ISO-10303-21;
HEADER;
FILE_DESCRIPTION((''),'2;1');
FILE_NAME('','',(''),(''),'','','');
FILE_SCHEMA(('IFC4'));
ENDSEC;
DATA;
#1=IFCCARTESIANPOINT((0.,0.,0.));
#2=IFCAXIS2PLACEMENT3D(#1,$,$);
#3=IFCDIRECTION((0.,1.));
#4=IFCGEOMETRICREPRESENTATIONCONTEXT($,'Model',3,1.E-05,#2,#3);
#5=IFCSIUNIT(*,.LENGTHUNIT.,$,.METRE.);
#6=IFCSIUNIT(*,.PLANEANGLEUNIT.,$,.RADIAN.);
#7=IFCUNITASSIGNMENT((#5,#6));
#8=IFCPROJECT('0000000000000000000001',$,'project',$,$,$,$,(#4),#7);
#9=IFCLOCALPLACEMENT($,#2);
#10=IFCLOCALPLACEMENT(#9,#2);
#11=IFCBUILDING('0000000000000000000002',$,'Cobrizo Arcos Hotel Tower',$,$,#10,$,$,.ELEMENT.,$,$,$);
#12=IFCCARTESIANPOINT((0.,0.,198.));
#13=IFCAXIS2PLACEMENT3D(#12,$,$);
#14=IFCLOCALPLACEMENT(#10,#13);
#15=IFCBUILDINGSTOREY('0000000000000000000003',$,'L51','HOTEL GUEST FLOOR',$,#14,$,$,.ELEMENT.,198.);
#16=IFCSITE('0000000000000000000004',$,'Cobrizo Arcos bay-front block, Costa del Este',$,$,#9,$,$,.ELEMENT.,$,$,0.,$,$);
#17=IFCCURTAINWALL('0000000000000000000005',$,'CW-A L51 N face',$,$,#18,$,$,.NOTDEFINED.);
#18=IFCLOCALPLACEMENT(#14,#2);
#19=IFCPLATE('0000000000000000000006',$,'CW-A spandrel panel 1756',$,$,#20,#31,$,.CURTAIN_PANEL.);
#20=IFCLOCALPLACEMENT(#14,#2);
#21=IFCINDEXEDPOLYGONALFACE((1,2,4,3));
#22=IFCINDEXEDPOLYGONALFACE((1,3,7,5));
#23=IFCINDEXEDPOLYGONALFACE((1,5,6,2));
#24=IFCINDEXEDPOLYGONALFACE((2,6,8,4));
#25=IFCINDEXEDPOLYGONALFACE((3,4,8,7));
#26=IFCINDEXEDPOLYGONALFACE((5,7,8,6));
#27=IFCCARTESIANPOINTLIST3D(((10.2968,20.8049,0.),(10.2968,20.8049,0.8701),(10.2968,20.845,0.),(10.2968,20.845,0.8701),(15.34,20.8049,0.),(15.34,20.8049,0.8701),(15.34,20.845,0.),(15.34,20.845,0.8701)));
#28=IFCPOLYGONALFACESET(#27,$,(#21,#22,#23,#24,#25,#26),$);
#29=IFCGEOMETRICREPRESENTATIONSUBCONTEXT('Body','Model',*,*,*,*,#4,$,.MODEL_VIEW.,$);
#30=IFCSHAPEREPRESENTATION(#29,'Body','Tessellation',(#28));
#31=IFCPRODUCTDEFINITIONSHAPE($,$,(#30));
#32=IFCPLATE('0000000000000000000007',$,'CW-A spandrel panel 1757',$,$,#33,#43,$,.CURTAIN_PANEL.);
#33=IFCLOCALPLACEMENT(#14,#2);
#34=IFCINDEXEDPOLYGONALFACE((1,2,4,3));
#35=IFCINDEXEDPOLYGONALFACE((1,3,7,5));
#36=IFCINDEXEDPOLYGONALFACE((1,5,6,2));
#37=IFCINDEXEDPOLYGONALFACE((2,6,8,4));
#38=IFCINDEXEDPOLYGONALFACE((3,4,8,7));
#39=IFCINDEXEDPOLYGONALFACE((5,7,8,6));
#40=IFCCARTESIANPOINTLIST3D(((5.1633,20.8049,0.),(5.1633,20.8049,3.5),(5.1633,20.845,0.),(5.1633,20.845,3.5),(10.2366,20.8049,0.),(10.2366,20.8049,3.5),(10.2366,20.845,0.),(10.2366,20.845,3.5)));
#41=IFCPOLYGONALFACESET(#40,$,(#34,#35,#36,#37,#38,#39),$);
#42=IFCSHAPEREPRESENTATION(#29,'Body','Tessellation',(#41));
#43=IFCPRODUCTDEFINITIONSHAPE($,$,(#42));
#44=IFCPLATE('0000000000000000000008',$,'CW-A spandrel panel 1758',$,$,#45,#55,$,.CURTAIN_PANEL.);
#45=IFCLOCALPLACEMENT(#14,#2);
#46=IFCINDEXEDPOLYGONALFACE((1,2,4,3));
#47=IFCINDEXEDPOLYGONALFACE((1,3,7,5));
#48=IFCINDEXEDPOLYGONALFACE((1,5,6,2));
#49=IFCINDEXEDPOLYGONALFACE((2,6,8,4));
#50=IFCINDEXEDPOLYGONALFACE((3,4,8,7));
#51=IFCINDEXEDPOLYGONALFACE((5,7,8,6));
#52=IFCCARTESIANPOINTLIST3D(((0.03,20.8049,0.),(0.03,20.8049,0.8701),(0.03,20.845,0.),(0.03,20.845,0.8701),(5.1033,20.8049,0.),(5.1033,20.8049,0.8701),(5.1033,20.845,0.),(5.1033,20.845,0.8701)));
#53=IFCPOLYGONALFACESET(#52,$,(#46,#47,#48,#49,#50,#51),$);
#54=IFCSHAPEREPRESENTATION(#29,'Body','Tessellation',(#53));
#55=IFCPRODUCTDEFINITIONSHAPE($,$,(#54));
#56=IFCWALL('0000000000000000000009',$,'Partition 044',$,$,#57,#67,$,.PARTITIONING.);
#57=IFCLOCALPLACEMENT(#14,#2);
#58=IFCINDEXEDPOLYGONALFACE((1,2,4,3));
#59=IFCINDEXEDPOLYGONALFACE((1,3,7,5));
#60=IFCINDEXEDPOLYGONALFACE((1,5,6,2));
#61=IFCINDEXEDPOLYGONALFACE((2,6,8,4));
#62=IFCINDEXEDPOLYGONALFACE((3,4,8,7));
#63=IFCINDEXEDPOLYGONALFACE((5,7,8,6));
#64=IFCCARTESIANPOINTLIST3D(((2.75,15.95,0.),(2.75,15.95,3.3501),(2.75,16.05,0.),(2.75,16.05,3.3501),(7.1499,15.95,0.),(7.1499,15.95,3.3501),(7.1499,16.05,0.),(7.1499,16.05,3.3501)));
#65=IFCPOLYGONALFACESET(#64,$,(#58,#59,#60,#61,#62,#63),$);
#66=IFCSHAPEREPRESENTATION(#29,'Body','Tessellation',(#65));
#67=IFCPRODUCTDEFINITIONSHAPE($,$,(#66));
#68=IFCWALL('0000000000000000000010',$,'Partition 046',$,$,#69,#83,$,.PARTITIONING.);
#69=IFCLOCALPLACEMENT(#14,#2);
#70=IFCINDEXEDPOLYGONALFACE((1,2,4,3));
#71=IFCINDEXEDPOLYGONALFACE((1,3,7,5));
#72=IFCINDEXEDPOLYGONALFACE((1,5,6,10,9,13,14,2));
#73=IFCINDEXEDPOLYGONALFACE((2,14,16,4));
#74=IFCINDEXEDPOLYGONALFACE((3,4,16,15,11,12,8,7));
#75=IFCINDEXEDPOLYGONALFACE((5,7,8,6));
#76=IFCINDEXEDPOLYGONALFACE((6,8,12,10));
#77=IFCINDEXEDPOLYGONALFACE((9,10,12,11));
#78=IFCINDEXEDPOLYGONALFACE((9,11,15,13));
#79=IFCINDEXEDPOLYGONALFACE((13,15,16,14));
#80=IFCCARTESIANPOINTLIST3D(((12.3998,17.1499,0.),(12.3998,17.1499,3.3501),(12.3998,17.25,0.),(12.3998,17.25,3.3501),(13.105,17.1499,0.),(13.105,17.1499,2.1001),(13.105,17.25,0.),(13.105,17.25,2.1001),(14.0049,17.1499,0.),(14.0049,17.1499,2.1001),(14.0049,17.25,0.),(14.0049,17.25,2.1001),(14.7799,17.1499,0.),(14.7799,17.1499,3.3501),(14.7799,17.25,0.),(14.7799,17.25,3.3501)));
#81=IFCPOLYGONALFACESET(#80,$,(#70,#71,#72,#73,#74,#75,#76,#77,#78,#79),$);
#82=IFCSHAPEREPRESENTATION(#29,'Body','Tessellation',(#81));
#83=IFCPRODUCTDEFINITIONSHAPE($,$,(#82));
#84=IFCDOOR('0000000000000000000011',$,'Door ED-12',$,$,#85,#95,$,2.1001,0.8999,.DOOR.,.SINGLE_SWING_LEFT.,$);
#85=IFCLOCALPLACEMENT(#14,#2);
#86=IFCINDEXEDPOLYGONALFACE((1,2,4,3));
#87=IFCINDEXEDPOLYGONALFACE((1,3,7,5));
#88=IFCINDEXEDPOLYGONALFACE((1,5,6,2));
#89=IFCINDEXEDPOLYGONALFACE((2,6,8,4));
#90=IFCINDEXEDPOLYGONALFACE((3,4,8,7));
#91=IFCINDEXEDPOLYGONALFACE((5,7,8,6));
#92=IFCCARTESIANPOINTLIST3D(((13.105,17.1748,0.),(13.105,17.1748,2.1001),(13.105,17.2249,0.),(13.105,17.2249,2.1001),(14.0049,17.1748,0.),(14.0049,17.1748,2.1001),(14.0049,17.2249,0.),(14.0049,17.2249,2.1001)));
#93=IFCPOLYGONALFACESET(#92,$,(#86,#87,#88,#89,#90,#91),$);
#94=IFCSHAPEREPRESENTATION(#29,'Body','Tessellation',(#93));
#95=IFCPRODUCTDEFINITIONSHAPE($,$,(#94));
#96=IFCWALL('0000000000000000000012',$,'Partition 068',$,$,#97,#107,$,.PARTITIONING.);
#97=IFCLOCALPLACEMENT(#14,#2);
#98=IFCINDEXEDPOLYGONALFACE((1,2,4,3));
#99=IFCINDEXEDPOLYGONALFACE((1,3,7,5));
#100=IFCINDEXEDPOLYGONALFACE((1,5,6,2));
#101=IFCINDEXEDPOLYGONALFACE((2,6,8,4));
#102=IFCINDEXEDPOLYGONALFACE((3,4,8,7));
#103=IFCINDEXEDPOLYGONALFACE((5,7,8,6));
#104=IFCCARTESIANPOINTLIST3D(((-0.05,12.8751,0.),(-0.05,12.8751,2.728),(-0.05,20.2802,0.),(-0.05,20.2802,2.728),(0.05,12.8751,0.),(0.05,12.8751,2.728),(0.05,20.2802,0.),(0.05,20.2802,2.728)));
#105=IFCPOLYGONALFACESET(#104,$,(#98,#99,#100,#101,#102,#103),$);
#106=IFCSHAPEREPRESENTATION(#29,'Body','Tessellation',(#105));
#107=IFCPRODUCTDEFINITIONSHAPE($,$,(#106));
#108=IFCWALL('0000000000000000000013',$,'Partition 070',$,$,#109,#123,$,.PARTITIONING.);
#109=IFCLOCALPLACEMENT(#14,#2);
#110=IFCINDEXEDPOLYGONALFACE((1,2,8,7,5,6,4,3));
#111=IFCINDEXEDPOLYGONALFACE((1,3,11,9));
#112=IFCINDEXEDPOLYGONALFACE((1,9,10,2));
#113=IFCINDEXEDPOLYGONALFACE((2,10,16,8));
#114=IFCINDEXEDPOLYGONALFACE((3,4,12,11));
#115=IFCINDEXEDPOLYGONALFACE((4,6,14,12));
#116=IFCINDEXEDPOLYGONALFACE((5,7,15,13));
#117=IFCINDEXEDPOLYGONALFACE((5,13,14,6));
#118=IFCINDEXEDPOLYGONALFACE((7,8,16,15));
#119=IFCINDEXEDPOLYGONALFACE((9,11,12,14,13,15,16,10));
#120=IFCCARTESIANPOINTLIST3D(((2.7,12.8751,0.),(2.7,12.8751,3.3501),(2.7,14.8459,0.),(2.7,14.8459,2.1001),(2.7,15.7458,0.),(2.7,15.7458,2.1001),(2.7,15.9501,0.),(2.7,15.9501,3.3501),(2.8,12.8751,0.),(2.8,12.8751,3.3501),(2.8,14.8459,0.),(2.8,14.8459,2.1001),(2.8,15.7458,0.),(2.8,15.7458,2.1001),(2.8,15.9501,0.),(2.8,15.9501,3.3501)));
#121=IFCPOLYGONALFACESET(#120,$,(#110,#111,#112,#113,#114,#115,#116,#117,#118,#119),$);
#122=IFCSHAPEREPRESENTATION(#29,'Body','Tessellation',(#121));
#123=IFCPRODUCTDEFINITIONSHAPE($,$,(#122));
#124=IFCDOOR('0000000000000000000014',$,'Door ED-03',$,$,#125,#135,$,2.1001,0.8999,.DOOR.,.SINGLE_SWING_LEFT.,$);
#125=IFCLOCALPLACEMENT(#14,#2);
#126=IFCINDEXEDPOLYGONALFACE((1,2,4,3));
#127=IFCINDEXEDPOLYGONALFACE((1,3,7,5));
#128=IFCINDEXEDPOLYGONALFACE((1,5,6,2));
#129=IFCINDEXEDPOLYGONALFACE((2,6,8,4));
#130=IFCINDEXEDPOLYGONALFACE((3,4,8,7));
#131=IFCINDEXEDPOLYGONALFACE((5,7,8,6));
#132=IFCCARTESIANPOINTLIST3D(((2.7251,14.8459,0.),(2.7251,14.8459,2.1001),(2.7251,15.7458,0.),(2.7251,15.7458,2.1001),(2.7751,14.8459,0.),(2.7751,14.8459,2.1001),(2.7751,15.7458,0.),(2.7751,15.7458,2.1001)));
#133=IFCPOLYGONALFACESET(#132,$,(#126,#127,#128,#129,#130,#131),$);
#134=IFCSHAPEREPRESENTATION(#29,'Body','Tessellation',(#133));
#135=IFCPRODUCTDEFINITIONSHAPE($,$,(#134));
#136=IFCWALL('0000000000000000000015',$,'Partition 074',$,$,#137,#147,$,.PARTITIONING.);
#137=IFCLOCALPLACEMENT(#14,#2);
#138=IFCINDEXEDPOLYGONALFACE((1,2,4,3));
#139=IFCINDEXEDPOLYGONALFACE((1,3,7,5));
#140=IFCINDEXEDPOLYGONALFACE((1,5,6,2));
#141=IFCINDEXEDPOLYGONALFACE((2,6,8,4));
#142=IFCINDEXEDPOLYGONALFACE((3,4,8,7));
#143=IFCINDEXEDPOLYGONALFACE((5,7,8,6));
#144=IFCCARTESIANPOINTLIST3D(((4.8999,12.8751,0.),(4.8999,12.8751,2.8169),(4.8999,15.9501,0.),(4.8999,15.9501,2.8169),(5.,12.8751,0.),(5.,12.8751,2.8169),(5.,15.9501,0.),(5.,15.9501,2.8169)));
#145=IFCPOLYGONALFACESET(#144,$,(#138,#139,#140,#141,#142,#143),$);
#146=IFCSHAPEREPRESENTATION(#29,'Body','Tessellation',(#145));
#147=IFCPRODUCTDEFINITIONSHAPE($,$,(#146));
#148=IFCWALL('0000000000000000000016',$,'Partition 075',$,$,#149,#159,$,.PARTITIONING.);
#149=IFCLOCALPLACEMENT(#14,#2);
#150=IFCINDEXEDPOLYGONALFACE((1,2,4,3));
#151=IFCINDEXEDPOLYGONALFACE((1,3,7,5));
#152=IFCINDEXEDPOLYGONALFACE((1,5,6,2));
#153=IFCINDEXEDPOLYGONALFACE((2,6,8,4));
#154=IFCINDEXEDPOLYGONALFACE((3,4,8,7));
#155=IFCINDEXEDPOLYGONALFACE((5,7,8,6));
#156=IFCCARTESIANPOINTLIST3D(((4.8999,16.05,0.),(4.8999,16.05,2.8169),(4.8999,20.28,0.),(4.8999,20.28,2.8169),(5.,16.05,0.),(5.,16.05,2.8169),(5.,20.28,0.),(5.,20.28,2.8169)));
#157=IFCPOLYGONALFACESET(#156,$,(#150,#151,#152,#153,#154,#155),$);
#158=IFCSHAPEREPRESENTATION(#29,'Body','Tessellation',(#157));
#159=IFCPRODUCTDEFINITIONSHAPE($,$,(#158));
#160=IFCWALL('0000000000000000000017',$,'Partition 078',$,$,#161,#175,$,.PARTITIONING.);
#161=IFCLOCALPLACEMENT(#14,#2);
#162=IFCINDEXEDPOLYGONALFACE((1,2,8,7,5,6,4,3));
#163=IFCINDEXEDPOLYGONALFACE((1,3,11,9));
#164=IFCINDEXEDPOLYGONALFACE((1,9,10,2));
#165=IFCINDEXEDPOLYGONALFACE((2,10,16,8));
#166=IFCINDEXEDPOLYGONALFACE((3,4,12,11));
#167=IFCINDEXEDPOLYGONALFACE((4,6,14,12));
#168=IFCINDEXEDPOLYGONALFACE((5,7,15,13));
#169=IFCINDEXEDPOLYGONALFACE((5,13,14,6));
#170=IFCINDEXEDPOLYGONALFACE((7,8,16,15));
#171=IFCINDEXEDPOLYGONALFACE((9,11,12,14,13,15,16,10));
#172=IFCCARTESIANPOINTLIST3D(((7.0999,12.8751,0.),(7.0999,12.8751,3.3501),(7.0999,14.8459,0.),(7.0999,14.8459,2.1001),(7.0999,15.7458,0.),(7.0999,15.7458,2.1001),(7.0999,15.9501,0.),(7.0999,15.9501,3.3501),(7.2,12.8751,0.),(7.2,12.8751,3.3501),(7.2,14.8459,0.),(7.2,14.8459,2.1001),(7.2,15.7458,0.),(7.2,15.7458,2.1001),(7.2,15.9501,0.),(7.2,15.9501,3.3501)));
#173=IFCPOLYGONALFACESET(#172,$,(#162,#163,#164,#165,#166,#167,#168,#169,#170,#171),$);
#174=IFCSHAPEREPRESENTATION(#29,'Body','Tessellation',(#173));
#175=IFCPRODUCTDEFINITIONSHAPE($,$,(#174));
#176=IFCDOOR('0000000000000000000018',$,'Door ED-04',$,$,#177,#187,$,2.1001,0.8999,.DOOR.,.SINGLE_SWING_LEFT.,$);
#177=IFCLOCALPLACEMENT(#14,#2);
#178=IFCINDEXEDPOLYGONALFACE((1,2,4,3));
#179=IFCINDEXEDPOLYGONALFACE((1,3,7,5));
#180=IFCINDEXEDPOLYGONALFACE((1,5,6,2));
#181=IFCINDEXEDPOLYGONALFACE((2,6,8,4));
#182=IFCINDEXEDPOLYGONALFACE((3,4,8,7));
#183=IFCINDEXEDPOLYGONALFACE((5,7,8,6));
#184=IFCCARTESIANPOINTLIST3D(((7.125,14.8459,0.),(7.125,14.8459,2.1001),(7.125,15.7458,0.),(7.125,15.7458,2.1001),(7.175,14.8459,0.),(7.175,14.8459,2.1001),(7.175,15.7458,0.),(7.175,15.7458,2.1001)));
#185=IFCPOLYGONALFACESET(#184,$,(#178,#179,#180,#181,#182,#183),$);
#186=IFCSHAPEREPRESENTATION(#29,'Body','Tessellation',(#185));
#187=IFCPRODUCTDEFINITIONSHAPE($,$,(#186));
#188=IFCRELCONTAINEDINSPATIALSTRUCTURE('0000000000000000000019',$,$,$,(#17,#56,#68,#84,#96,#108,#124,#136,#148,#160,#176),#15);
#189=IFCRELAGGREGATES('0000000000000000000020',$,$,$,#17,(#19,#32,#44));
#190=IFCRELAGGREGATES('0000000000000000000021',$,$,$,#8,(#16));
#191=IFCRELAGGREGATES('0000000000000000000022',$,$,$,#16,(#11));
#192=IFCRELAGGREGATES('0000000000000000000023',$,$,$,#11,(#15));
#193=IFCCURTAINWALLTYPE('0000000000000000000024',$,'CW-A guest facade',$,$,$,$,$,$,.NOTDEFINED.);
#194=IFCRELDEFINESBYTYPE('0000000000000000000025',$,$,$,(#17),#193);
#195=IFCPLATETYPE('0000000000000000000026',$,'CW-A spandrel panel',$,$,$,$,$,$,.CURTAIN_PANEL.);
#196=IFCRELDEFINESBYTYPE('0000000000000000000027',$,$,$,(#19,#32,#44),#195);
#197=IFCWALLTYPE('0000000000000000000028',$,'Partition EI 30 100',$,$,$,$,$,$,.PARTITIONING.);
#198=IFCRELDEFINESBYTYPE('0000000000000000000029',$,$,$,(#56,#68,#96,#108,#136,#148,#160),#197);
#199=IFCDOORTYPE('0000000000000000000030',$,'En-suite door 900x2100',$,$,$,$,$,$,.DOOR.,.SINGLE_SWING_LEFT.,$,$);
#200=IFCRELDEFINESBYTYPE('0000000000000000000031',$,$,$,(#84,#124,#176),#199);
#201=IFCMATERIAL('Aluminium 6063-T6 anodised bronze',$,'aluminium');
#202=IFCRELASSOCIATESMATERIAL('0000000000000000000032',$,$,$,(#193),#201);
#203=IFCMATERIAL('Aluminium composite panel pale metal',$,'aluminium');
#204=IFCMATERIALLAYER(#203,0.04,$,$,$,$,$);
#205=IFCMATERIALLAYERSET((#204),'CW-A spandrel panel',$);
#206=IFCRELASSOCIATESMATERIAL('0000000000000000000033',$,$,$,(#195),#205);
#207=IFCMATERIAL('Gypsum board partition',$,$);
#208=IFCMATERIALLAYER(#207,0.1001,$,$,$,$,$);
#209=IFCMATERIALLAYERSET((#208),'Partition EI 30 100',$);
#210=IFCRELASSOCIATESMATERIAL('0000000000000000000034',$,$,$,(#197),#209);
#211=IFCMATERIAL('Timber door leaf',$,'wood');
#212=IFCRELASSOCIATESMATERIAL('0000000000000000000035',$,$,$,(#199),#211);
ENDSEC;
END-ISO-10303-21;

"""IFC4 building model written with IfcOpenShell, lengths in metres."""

from ifc_helpers import new_model, si_unit, direction, frame, frame_2d, origin, origin_2d, place, context, subcontext, project, spatial, rectangle, extrude, material, layer, layer_set, type_object, element, fill, aggregate, save


model = new_model("IFC4")

# Units and contexts
model_context = context("Model", 3, precision=1e-05, world=origin(), true_north=direction((0.0, 1.0)))
body_context = subcontext(model_context, "Body", "Model", "MODEL_VIEW")
ifc_project = project(units=[si_unit("LENGTHUNIT", "METRE"), si_unit("PLANEANGLEUNIT", "RADIAN")], contexts=[model_context])

# Site, building, storey
site_placement = place(None, origin())
site = spatial("IfcSite", under=ifc_project, at=site_placement, Name="Cobrizo Arcos bay-front block, Costa del Este", CompositionType="ELEMENT", RefElevation=0.0)
building_placement = place(site_placement, origin())
building = spatial("IfcBuilding", under=site, at=building_placement, Name="Cobrizo Arcos Hotel Tower", CompositionType="ELEMENT")
storey_placement = place(building_placement, frame((0.0, 0.0, 198.0)))
storey = spatial("IfcBuildingStorey", under=building, at=storey_placement, Name="L51", Description="HOTEL GUEST FLOOR", CompositionType="ELEMENT", Elevation=198.0)

# Curtain wall
ifc_material_1 = material(Name="Aluminium 6063-T6 anodised bronze", Category="aluminium")
curtain_wall_type = type_object("IfcCurtainWallType", Name="CW-A guest facade", PredefinedType="NOTDEFINED", material=ifc_material_1)
curtain_wall_placement = place(storey_placement, origin())
curtain_wall = element("IfcCurtainWall", 1, at=curtain_wall_placement, inside=storey, type_object=curtain_wall_type, Name="CW-A L51 N face", PredefinedType="NOTDEFINED")

# Plates
ifc_material_2 = material(Name="Aluminium composite panel pale metal", Category="aluminium")
ifc_layer_1 = layer(ifc_material_2, 0.04)
ifc_layer_set_1 = layer_set([ifc_layer_1], Name="CW-A spandrel panel")
plate_type_1 = type_object("IfcPlateType", Name="CW-A spandrel panel", PredefinedType="CURTAIN_PANEL", material=ifc_layer_set_1)
plate_1_placement = place(storey_placement, frame((12.8184, 20.825, 0.0), z_axis=(0.0, 0.0, 1.0), x_axis=(-1.0, 0.0, 0.0)))
plate_1 = element("IfcPlate", 2, at=plate_1_placement, type_object=plate_type_1, Name="CW-A spandrel panel 1756", PredefinedType="CURTAIN_PANEL", context=body_context, shape_type="SweptSolid", body=[
    extrude(rectangle(XDim=5.0432, YDim=0.04, at=origin_2d()), origin(), (0.0, 0.0, 1.0), 0.8701),
])
plate_2_placement = place(storey_placement, frame((7.7, 20.825, 0.0), z_axis=(0.0, 0.0, 1.0), x_axis=(-1.0, 0.0, 0.0)))
plate_2 = element("IfcPlate", 3, at=plate_2_placement, type_object=plate_type_1, Name="CW-A spandrel panel 1757", PredefinedType="CURTAIN_PANEL", context=body_context, shape_type="SweptSolid", body=[
    extrude(rectangle(XDim=5.0732, YDim=0.04, at=origin_2d()), origin(), (0.0, 0.0, 1.0), 3.5),
])
plate_3_placement = place(storey_placement, frame((2.5667, 20.825, 0.0), z_axis=(0.0, 0.0, 1.0), x_axis=(-1.0, 0.0, 0.0)))
plate_3 = element("IfcPlate", 4, at=plate_3_placement, type_object=plate_type_1, Name="CW-A spandrel panel 1758", PredefinedType="CURTAIN_PANEL", context=body_context, shape_type="SweptSolid", body=[
    extrude(rectangle(XDim=5.0732, YDim=0.04, at=origin_2d()), origin(), (0.0, 0.0, 1.0), 0.8701),
])
aggregate(curtain_wall, [plate_1, plate_2, plate_3])

# Wall
ifc_material_3 = material(Name="Gypsum board partition")
ifc_layer_2 = layer(ifc_material_3, 0.1001)
ifc_layer_set_2 = layer_set([ifc_layer_2], Name="Partition EI 30 100")
wall_type = type_object("IfcWallType", Name="Partition EI 30 100", PredefinedType="PARTITIONING", material=ifc_layer_set_2)
wall_1_placement = place(storey_placement, frame((2.75, 16.0, 0.0), z_axis=(0.0, 0.0, 1.0), x_axis=(1.0, 0.0, 0.0)))
element("IfcWall", 5, at=wall_1_placement, inside=storey, type_object=wall_type, Name="Partition 044", PredefinedType="PARTITIONING", context=body_context, shape_type="SweptSolid", body=[
    extrude(rectangle(XDim=4.3999, YDim=0.1001, at=frame_2d((2.2, 0.0))), origin(), (0.0, 0.0, 1.0), 3.3501),
])

# Wall, opening, door
wall_2_placement = place(storey_placement, frame((12.3999, 17.2, 0.0), z_axis=(0.0, 0.0, 1.0), x_axis=(1.0, 0.0, 0.0)))
wall_2 = element("IfcWall", 6, at=wall_2_placement, inside=storey, type_object=wall_type, Name="Partition 046", PredefinedType="PARTITIONING", context=body_context, shape_type="SweptSolid", body=[
    extrude(rectangle(XDim=2.3801, YDim=0.1001, at=frame_2d((1.1899, 0.0))), origin(), (0.0, 0.0, 1.0), 3.3501),
])
opening_1_placement = place(wall_2_placement, frame((0.7051, 0.0, 0.0)))
opening_1 = element("IfcOpeningElement", 7, at=opening_1_placement, cuts=wall_2, PredefinedType="OPENING", context=body_context, shape_type="SweptSolid", body=[
    extrude(rectangle(XDim=0.8999, YDim=2.1001, at=frame_2d((0.45, 1.05))), frame((0.0, 0.062, 0.0), z_axis=(0.0, -1.0, 0.0), x_axis=(1.0, 0.0, 0.0)), (0.0, 0.0, 1.0), 0.124),
])
ifc_material_4 = material(Name="Timber door leaf", Category="wood")
door_type = type_object("IfcDoorType", Name="En-suite door 900x2100", OperationType="SINGLE_SWING_LEFT", PredefinedType="DOOR", material=ifc_material_4)
door_1_placement = place(opening_1_placement, origin())
door_1 = element("IfcDoor", 8, at=door_1_placement, inside=storey, type_object=door_type, Name="Door ED-12", OperationType="SINGLE_SWING_LEFT", OverallHeight=2.1001, OverallWidth=0.8999, PredefinedType="DOOR", context=body_context, shape_type="SweptSolid", body=[
    extrude(rectangle(XDim=0.8999, YDim=2.1001, at=frame_2d((0.45, 1.05))), frame((0.0, 0.0249, 0.0), z_axis=(0.0, -1.0, 0.0), x_axis=(1.0, 0.0, 0.0)), (0.0, 0.0, 1.0), 0.05),
])
fill(opening_1, door_1)

# Wall
wall_3_placement = place(storey_placement, frame((0.0, 12.875, 0.0), z_axis=(0.0, 0.0, 1.0), x_axis=(0.0, 1.0, 0.0)))
element("IfcWall", 9, at=wall_3_placement, inside=storey, type_object=wall_type, Name="Partition 068", PredefinedType="PARTITIONING", context=body_context, shape_type="SweptSolid", body=[
    extrude(rectangle(XDim=7.405, YDim=0.1001, at=frame_2d((3.7026, 0.0))), origin(), (0.0, 0.0, 1.0), 2.728),
])

# Wall, opening, door
wall_4_placement = place(storey_placement, frame((2.75, 12.875, 0.0), z_axis=(0.0, 0.0, 1.0), x_axis=(0.0, 1.0, 0.0)))
wall_4 = element("IfcWall", 10, at=wall_4_placement, inside=storey, type_object=wall_type, Name="Partition 070", PredefinedType="PARTITIONING", context=body_context, shape_type="SweptSolid", body=[
    extrude(rectangle(XDim=3.075, YDim=0.1001, at=frame_2d((1.5376, 0.0))), origin(), (0.0, 0.0, 1.0), 3.3501),
])
opening_2_placement = place(wall_4_placement, frame((1.9709, 0.0, 0.0)))
opening_2 = element("IfcOpeningElement", 11, at=opening_2_placement, cuts=wall_4, PredefinedType="OPENING", context=body_context, shape_type="SweptSolid", body=[
    extrude(rectangle(XDim=0.8999, YDim=2.1001, at=frame_2d((0.45, 1.05))), frame((0.0, 0.062, 0.0), z_axis=(0.0, -1.0, 0.0), x_axis=(1.0, 0.0, 0.0)), (0.0, 0.0, 1.0), 0.124),
])
door_2_placement = place(opening_2_placement, origin())
door_2 = element("IfcDoor", 12, at=door_2_placement, inside=storey, type_object=door_type, Name="Door ED-03", OperationType="SINGLE_SWING_LEFT", OverallHeight=2.1001, OverallWidth=0.8999, PredefinedType="DOOR", context=body_context, shape_type="SweptSolid", body=[
    extrude(rectangle(XDim=0.8999, YDim=2.1001, at=frame_2d((0.45, 1.05))), frame((0.0, 0.0249, 0.0), z_axis=(0.0, -1.0, 0.0), x_axis=(1.0, 0.0, 0.0)), (0.0, 0.0, 1.0), 0.05),
])
fill(opening_2, door_2)

# Walls
wall_5_placement = place(storey_placement, frame((4.95, 12.875, 0.0), z_axis=(0.0, 0.0, 1.0), x_axis=(0.0, 1.0, 0.0)))
element("IfcWall", 13, at=wall_5_placement, inside=storey, type_object=wall_type, Name="Partition 074", PredefinedType="PARTITIONING", context=body_context, shape_type="SweptSolid", body=[
    extrude(rectangle(XDim=3.075, YDim=0.1001, at=frame_2d((1.5376, 0.0))), origin(), (0.0, 0.0, 1.0), 2.8169),
])
wall_6_placement = place(storey_placement, frame((4.95, 16.05, 0.0), z_axis=(0.0, 0.0, 1.0), x_axis=(0.0, 1.0, 0.0)))
element("IfcWall", 14, at=wall_6_placement, inside=storey, type_object=wall_type, Name="Partition 075", PredefinedType="PARTITIONING", context=body_context, shape_type="SweptSolid", body=[
    extrude(rectangle(XDim=4.23, YDim=0.1001, at=frame_2d((2.115, 0.0))), origin(), (0.0, 0.0, 1.0), 2.8169),
])

# Wall, opening, door
wall_7_placement = place(storey_placement, frame((7.1499, 12.875, 0.0), z_axis=(0.0, 0.0, 1.0), x_axis=(0.0, 1.0, 0.0)))
wall_7 = element("IfcWall", 15, at=wall_7_placement, inside=storey, type_object=wall_type, Name="Partition 078", PredefinedType="PARTITIONING", context=body_context, shape_type="SweptSolid", body=[
    extrude(rectangle(XDim=3.075, YDim=0.1001, at=frame_2d((1.5376, 0.0))), origin(), (0.0, 0.0, 1.0), 3.3501),
])
opening_3_placement = place(wall_7_placement, frame((1.9709, 0.0, 0.0)))
opening_3 = element("IfcOpeningElement", 16, at=opening_3_placement, cuts=wall_7, PredefinedType="OPENING", context=body_context, shape_type="SweptSolid", body=[
    extrude(rectangle(XDim=0.8999, YDim=2.1001, at=frame_2d((0.45, 1.05))), frame((0.0, 0.062, 0.0), z_axis=(0.0, -1.0, 0.0), x_axis=(1.0, 0.0, 0.0)), (0.0, 0.0, 1.0), 0.124),
])
door_3_placement = place(opening_3_placement, origin())
door_3 = element("IfcDoor", 17, at=door_3_placement, inside=storey, type_object=door_type, Name="Door ED-04", OperationType="SINGLE_SWING_LEFT", OverallHeight=2.1001, OverallWidth=0.8999, PredefinedType="DOOR", context=body_context, shape_type="SweptSolid", body=[
    extrude(rectangle(XDim=0.8999, YDim=2.1001, at=frame_2d((0.45, 1.05))), frame((0.0, 0.0249, 0.0), z_axis=(0.0, -1.0, 0.0), x_axis=(1.0, 0.0, 0.0)), (0.0, 0.0, 1.0), 0.05),
])
fill(opening_3, door_3)

save(model, "model.ifc")
